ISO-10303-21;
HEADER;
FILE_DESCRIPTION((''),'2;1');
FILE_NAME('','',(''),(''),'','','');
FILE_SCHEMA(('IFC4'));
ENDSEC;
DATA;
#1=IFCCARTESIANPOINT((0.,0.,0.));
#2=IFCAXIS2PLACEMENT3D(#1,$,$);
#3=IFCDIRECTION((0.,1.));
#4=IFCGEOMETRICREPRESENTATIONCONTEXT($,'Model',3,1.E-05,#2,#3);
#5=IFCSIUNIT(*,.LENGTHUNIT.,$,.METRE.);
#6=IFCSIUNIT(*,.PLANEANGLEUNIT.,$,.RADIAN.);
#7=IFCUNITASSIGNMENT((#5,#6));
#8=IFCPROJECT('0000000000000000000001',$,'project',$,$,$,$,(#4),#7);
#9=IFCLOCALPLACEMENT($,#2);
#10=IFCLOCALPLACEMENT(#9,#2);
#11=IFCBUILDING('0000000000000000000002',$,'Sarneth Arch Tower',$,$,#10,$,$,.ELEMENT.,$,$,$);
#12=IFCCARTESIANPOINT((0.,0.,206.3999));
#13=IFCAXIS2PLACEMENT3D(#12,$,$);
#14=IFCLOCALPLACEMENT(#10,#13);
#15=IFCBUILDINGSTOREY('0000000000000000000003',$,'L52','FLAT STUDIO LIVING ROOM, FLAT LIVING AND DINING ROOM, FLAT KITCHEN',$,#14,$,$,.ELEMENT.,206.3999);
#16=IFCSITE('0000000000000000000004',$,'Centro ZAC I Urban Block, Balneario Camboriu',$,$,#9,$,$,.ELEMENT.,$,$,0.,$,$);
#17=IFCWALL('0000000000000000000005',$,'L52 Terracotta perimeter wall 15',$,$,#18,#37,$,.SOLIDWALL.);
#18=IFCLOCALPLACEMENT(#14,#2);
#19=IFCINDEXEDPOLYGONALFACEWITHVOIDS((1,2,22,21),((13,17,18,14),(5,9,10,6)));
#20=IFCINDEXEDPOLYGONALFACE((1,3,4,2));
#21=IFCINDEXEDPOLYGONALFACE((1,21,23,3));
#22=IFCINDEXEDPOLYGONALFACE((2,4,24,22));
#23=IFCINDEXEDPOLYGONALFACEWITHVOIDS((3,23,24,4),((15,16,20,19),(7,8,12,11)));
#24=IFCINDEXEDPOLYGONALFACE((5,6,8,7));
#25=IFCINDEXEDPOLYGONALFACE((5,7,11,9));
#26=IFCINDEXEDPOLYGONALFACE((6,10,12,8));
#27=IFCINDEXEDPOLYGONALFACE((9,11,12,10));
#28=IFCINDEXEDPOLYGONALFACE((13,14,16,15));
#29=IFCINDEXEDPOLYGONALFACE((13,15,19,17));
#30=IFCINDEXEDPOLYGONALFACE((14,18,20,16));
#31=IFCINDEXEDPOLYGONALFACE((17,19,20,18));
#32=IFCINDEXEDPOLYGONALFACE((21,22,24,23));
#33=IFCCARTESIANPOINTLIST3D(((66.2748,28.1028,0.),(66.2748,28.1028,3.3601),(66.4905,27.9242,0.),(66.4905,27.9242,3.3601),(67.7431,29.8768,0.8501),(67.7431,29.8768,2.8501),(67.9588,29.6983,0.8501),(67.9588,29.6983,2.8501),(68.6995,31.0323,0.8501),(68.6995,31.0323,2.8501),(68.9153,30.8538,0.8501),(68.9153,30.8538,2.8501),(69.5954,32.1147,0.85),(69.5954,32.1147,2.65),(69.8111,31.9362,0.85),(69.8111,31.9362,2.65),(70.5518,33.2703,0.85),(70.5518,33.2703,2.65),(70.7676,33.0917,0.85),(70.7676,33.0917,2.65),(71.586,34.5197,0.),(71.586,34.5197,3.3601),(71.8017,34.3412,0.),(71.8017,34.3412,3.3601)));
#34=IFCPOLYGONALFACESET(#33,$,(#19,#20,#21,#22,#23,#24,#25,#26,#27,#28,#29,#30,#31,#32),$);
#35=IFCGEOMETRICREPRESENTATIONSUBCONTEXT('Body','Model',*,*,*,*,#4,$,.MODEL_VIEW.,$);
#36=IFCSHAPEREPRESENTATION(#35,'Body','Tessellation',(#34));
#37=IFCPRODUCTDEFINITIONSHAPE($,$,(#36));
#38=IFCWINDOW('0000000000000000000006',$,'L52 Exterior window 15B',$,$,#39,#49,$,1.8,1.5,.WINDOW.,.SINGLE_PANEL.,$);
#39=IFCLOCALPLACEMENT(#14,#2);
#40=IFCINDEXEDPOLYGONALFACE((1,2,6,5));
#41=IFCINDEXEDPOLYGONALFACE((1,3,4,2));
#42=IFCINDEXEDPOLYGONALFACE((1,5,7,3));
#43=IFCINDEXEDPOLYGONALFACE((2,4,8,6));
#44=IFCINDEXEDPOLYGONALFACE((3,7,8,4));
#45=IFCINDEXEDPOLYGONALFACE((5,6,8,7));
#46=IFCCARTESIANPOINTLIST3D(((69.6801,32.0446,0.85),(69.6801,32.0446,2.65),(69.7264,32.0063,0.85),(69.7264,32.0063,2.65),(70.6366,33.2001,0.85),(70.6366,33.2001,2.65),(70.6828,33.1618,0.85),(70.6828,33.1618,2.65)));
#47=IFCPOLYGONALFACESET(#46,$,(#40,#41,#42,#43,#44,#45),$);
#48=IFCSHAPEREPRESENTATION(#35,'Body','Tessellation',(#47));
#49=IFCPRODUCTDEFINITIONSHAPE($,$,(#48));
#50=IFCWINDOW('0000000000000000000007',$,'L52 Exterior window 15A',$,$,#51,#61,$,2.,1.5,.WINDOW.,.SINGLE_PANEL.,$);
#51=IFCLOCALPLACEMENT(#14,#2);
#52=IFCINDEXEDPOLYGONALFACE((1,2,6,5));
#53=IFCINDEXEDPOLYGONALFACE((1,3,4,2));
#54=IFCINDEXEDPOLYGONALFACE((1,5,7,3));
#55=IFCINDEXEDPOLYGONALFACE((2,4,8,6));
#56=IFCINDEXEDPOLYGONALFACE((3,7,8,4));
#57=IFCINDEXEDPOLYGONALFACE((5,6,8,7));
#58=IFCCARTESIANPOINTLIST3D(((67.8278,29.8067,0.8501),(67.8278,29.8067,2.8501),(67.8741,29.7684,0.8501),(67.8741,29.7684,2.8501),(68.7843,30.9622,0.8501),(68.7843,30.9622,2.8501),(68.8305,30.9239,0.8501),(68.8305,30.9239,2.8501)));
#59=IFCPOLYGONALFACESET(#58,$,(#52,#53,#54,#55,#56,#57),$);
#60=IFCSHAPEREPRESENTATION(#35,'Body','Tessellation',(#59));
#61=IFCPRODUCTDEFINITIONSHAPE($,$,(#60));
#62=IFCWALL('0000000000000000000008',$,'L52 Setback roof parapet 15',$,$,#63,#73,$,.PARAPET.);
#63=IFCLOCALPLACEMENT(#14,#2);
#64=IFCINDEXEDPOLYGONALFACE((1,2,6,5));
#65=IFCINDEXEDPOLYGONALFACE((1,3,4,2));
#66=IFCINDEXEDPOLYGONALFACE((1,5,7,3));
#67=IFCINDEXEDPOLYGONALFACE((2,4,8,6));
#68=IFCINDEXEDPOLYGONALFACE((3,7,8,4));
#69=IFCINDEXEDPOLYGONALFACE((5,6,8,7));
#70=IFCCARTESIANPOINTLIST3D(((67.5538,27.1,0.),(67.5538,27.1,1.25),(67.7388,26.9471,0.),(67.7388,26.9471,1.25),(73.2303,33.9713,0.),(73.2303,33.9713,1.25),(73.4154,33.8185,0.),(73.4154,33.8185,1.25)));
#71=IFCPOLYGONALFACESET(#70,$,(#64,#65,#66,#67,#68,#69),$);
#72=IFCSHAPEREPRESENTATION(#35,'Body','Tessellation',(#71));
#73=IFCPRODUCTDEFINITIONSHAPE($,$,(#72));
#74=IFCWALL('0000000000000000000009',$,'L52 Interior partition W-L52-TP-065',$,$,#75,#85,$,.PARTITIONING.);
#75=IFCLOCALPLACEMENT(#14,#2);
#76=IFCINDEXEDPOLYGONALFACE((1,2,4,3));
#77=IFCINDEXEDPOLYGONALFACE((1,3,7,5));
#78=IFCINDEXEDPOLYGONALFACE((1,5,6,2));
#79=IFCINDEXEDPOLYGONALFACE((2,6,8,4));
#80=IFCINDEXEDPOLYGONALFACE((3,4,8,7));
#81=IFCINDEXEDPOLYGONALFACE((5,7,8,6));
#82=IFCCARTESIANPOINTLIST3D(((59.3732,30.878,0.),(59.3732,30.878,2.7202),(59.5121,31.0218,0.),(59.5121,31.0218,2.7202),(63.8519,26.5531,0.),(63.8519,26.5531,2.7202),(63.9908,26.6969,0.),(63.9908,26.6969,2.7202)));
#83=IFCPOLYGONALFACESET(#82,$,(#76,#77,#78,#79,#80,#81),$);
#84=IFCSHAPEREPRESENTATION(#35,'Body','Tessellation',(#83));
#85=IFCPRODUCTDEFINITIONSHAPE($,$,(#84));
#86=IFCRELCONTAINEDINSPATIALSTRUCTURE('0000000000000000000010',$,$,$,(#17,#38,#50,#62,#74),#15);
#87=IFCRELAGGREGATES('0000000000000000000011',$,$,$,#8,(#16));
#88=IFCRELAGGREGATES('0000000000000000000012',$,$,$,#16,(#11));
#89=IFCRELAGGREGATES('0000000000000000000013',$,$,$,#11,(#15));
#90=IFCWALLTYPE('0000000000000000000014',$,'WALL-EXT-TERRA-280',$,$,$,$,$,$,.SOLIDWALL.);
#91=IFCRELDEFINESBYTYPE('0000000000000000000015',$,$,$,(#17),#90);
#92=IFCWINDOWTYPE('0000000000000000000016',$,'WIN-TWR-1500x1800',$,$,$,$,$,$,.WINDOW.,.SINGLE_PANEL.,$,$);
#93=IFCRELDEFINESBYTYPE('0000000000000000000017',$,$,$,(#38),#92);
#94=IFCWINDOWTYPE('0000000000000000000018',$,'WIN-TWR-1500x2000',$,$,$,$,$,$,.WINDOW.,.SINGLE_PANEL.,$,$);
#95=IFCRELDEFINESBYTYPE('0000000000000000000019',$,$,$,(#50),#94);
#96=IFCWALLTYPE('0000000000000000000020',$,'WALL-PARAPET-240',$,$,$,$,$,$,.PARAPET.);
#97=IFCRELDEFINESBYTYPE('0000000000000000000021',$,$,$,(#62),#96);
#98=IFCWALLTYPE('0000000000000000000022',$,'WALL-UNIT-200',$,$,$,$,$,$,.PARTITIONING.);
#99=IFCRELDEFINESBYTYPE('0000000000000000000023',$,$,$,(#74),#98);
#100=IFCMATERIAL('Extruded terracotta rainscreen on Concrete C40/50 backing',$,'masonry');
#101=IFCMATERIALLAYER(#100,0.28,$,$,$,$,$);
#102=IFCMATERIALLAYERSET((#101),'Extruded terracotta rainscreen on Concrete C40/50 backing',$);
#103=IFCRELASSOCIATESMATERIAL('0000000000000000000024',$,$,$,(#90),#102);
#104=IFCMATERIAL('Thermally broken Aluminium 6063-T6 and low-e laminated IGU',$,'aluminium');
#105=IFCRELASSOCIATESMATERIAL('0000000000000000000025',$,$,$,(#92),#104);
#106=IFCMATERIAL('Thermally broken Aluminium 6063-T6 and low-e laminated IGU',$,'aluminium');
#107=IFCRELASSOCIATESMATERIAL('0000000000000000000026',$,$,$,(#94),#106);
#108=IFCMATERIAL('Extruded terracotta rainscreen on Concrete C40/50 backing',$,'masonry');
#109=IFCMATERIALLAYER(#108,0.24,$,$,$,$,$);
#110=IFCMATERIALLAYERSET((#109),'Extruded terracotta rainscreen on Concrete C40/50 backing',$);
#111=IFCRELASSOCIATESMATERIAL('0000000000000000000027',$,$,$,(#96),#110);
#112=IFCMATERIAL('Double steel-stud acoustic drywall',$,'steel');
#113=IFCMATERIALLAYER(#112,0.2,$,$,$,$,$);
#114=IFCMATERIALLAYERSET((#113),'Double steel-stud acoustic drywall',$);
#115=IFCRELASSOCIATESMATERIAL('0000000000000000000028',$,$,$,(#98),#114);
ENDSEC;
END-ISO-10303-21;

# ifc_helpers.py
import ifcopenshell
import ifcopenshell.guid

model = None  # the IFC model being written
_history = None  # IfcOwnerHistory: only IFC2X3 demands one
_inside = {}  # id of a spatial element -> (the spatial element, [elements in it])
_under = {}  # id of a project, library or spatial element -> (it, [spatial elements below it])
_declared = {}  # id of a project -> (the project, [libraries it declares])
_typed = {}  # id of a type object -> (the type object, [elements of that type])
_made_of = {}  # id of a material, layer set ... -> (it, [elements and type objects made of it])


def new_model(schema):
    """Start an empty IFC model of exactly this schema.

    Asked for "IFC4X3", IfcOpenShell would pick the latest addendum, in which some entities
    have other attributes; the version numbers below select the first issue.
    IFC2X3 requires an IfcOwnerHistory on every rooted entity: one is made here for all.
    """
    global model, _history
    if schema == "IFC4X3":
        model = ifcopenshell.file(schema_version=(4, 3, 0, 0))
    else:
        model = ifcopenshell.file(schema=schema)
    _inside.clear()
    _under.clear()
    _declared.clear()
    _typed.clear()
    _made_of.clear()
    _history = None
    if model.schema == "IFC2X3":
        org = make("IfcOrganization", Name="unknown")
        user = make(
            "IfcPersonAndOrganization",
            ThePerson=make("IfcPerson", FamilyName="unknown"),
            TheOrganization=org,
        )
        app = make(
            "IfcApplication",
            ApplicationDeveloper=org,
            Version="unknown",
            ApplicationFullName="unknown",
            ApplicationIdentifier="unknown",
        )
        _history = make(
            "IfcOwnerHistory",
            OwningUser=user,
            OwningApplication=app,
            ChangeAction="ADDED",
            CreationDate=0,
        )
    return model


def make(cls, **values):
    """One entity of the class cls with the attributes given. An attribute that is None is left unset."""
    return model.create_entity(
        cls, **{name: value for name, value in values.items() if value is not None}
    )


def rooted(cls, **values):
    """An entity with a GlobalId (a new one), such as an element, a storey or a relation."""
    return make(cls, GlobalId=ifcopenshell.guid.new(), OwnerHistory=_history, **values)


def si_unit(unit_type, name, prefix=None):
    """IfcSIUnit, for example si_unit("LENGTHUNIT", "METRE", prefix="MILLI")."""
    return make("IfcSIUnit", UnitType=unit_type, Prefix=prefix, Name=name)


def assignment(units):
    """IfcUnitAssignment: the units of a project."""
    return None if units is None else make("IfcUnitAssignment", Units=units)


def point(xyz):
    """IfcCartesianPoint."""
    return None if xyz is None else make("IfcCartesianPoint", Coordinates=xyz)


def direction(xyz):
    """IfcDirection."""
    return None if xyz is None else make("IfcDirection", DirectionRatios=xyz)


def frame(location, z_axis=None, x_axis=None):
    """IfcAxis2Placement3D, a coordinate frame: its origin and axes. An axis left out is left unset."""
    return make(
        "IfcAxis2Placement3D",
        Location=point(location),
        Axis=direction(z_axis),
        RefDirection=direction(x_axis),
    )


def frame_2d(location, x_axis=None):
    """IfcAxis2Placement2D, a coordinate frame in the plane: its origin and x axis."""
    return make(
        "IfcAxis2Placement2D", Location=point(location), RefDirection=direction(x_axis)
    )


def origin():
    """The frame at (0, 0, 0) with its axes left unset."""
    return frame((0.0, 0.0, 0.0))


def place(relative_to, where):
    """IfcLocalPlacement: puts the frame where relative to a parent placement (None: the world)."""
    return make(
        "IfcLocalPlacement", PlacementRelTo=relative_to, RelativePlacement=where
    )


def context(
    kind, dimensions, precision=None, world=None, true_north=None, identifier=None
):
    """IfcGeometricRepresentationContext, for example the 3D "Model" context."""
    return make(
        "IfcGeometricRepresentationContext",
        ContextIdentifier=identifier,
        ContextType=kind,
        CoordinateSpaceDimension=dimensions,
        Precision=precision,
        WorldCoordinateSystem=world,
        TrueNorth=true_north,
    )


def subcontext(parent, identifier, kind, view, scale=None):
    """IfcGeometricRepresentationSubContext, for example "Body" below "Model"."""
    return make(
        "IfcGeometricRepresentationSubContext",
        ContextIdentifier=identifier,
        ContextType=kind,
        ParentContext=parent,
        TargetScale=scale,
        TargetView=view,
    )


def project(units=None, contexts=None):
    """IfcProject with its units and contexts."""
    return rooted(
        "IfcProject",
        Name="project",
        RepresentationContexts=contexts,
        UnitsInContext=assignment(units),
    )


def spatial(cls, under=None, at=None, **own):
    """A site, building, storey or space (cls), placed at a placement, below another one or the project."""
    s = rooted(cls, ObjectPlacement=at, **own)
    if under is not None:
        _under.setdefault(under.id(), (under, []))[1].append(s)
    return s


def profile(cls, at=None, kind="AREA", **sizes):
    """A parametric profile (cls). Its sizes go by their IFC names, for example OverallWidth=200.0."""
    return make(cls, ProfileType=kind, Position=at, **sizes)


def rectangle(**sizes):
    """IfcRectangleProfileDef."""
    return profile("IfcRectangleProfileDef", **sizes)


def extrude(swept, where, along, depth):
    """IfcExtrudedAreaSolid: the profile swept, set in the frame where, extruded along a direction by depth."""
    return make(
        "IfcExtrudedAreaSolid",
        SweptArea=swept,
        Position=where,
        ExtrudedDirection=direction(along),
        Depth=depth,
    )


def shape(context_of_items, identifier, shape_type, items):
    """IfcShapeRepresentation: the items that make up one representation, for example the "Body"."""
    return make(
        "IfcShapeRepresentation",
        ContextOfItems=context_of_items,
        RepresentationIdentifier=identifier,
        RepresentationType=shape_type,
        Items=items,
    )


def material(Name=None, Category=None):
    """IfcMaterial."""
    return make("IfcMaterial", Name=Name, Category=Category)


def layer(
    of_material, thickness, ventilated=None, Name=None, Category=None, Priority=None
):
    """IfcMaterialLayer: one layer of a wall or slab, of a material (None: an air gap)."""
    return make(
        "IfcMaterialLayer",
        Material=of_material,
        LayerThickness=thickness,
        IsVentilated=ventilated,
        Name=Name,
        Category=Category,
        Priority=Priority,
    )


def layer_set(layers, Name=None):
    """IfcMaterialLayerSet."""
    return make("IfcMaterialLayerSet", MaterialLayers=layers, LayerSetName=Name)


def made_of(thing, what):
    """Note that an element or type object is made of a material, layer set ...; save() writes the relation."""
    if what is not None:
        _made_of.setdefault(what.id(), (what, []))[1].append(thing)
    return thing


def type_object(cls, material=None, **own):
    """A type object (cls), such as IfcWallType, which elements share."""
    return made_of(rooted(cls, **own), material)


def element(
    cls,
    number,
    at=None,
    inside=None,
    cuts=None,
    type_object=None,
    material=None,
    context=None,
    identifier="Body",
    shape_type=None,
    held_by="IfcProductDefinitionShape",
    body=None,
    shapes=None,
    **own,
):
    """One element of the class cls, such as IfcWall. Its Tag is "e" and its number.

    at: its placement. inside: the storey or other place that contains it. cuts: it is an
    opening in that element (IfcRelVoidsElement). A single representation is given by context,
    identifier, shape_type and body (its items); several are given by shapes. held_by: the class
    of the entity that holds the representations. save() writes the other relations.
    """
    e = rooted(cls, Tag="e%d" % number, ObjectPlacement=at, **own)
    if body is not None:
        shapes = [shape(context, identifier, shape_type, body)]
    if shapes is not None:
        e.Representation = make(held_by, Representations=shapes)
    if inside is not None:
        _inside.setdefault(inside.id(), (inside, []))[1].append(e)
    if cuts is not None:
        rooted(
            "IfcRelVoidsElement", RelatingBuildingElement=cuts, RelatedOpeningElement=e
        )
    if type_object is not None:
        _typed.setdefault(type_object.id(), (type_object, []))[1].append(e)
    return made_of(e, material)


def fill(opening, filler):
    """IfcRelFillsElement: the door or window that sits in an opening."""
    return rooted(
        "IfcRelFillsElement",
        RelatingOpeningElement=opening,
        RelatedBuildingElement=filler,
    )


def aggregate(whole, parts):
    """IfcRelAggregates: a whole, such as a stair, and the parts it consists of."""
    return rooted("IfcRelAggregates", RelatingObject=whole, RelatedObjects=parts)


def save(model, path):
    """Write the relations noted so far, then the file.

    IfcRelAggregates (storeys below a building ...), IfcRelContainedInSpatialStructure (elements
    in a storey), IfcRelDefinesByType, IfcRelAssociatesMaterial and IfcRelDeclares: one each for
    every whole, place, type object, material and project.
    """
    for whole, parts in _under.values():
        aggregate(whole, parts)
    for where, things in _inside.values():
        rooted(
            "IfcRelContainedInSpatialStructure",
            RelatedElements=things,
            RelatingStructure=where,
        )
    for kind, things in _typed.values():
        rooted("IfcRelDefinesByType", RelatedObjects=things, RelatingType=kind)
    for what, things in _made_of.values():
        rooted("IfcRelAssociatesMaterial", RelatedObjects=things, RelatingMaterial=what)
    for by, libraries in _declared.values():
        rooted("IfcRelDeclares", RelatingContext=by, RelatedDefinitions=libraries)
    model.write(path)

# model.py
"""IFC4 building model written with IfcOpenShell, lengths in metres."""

from ifc_helpers import new_model, si_unit, direction, frame, frame_2d, origin, place, context, subcontext, project, spatial, rectangle, extrude, material, layer, layer_set, type_object, element, fill, save


model = new_model("IFC4")

# Units and contexts
model_context = context("Model", 3, precision=1e-05, world=origin(), true_north=direction((0.0, 1.0)))
body_context = subcontext(model_context, "Body", "Model", "MODEL_VIEW")
ifc_project = project(units=[si_unit("LENGTHUNIT", "METRE"), si_unit("PLANEANGLEUNIT", "RADIAN")], contexts=[model_context])

# Site, building, storey
site_placement = place(None, origin())
site = spatial("IfcSite", under=ifc_project, at=site_placement, Name="Centro ZAC I Urban Block, Balneario Camboriu", CompositionType="ELEMENT", RefElevation=0.0)
building_placement = place(site_placement, origin())
building = spatial("IfcBuilding", under=site, at=building_placement, Name="Sarneth Arch Tower", CompositionType="ELEMENT")
storey_placement = place(building_placement, frame((0.0, 0.0, 206.3999)))
storey = spatial("IfcBuildingStorey", under=building, at=storey_placement, Name="L52", Description="FLAT STUDIO LIVING ROOM, FLAT LIVING AND DINING ROOM, FLAT KITCHEN", CompositionType="ELEMENT", Elevation=206.3999)

# Wall, openings, windows
ifc_material_1 = material(Name="Extruded terracotta rainscreen on Concrete C40/50 backing", Category="masonry")
ifc_layer_1 = layer(ifc_material_1, 0.28)
ifc_layer_set_1 = layer_set([ifc_layer_1], Name="Extruded terracotta rainscreen on Concrete C40/50 backing")
wall_type_1 = type_object("IfcWallType", Name="WALL-EXT-TERRA-280", PredefinedType="SOLIDWALL", material=ifc_layer_set_1)
wall_1_placement = place(storey_placement, frame((66.3826, 28.0134, 0.0), z_axis=(0.0, 0.0, 1.0), x_axis=(0.637615, 0.770355, 0.0)))
wall_1 = element("IfcWall", 1, at=wall_1_placement, inside=storey, type_object=wall_type_1, Name="L52 Terracotta perimeter wall 15", PredefinedType="SOLIDWALL", context=body_context, shape_type="SweptSolid", body=[
    extrude(rectangle(XDim=8.3298, YDim=0.28, at=frame_2d((4.165, 0.0))), origin(), (0.0, 0.0, 1.0), 3.3601),
])
opening_1_placement = place(wall_1_placement, frame((2.303, 0.0, 0.8501)))
opening_1 = element("IfcOpeningElement", 2, at=opening_1_placement, cuts=wall_1, PredefinedType="OPENING", context=body_context, shape_type="SweptSolid", body=[
    extrude(rectangle(XDim=1.5, YDim=2.0, at=frame_2d((0.75, 1.0))), frame((0.0, 0.1499, 0.0), z_axis=(0.0, -1.0, 0.0), x_axis=(1.0, 0.0, 0.0)), (0.0, 0.0, 1.0), 0.3),
])
opening_2_placement = place(wall_1_placement, frame((5.208, 0.0, 0.8501)))
opening_2 = element("IfcOpeningElement", 3, at=opening_2_placement, cuts=wall_1, PredefinedType="OPENING", context=body_context, shape_type="SweptSolid", body=[
    extrude(rectangle(XDim=1.5, YDim=1.8, at=frame_2d((0.75, 0.8999))), frame((0.0, 0.1499, 0.0), z_axis=(0.0, -1.0, 0.0), x_axis=(1.0, 0.0, 0.0)), (0.0, 0.0, 1.0), 0.3),
])
ifc_material_2 = material(Name="Thermally broken Aluminium 6063-T6 and low-e laminated IGU", Category="aluminium")
window_type_1 = type_object("IfcWindowType", Name="WIN-TWR-1500x1800", PartitioningType="SINGLE_PANEL", PredefinedType="WINDOW", material=ifc_material_2)
window_1_placement = place(opening_2_placement, origin())
window_1 = element("IfcWindow", 4, at=window_1_placement, inside=storey, type_object=window_type_1, Name="L52 Exterior window 15B", OverallHeight=1.8, OverallWidth=1.5, PartitioningType="SINGLE_PANEL", PredefinedType="WINDOW", context=body_context, shape_type="SweptSolid", body=[
    extrude(rectangle(XDim=1.5, YDim=1.8, at=frame_2d((0.75, 0.8999))), frame((0.0, 0.03, 0.0), z_axis=(0.0, -1.0, 0.0), x_axis=(1.0, 0.0, 0.0)), (0.0, 0.0, 1.0), 0.0601),
])
fill(opening_2, window_1)
ifc_material_3 = material(Name="Thermally broken Aluminium 6063-T6 and low-e laminated IGU", Category="aluminium")
window_type_2 = type_object("IfcWindowType", Name="WIN-TWR-1500x2000", PartitioningType="SINGLE_PANEL", PredefinedType="WINDOW", material=ifc_material_3)
window_2_placement = place(opening_1_placement, origin())
window_2 = element("IfcWindow", 5, at=window_2_placement, inside=storey, type_object=window_type_2, Name="L52 Exterior window 15A", OverallHeight=2.0, OverallWidth=1.5, PartitioningType="SINGLE_PANEL", PredefinedType="WINDOW", context=body_context, shape_type="SweptSolid", body=[
    extrude(rectangle(XDim=1.5, YDim=2.0, at=frame_2d((0.75, 1.0))), frame((0.0, 0.03, 0.0), z_axis=(0.0, -1.0, 0.0), x_axis=(1.0, 0.0, 0.0)), (0.0, 0.0, 1.0), 0.0601),
])
fill(opening_1, window_2)

# Walls
ifc_material_4 = material(Name="Extruded terracotta rainscreen on Concrete C40/50 backing", Category="masonry")
ifc_layer_2 = layer(ifc_material_4, 0.24)
ifc_layer_set_2 = layer_set([ifc_layer_2], Name="Extruded terracotta rainscreen on Concrete C40/50 backing")
wall_type_2 = type_object("IfcWallType", Name="WALL-PARAPET-240", PredefinedType="PARAPET", material=ifc_layer_set_2)
wall_2_placement = place(storey_placement, frame((67.6462, 27.0234, 0.0), z_axis=(0.0, 0.0, 1.0), x_axis=(0.636894, 0.770951, 0.0)))
element("IfcWall", 6, at=wall_2_placement, inside=storey, type_object=wall_type_2, Name="L52 Setback roof parapet 15", PredefinedType="PARAPET", context=body_context, shape_type="SweptSolid", body=[
    extrude(rectangle(XDim=8.9128, YDim=0.24, at=frame_2d((4.4565, 0.0))), origin(), (0.0, 0.0, 1.0), 1.25),
])
ifc_material_5 = material(Name="Double steel-stud acoustic drywall", Category="steel")
ifc_layer_3 = layer(ifc_material_5, 0.2)
ifc_layer_set_3 = layer_set([ifc_layer_3], Name="Double steel-stud acoustic drywall")
wall_type_3 = type_object("IfcWallType", Name="WALL-UNIT-200", PredefinedType="PARTITIONING", material=ifc_layer_set_3)
wall_3_placement = place(storey_placement, frame((63.9214, 26.625, 0.0), z_axis=(0.0, 0.0, 1.0), x_axis=(-0.719351, 0.694647, 0.0)))
element("IfcWall", 7, at=wall_3_placement, inside=storey, type_object=wall_type_3, Name="L52 Interior partition W-L52-TP-065", PredefinedType="PARTITIONING", context=body_context, shape_type="SweptSolid", body=[
    extrude(rectangle(XDim=6.2261, YDim=0.2, at=frame_2d((3.113, 0.0))), origin(), (0.0, 0.0, 1.0), 2.7202),
])

save(model, "model.ifc")
